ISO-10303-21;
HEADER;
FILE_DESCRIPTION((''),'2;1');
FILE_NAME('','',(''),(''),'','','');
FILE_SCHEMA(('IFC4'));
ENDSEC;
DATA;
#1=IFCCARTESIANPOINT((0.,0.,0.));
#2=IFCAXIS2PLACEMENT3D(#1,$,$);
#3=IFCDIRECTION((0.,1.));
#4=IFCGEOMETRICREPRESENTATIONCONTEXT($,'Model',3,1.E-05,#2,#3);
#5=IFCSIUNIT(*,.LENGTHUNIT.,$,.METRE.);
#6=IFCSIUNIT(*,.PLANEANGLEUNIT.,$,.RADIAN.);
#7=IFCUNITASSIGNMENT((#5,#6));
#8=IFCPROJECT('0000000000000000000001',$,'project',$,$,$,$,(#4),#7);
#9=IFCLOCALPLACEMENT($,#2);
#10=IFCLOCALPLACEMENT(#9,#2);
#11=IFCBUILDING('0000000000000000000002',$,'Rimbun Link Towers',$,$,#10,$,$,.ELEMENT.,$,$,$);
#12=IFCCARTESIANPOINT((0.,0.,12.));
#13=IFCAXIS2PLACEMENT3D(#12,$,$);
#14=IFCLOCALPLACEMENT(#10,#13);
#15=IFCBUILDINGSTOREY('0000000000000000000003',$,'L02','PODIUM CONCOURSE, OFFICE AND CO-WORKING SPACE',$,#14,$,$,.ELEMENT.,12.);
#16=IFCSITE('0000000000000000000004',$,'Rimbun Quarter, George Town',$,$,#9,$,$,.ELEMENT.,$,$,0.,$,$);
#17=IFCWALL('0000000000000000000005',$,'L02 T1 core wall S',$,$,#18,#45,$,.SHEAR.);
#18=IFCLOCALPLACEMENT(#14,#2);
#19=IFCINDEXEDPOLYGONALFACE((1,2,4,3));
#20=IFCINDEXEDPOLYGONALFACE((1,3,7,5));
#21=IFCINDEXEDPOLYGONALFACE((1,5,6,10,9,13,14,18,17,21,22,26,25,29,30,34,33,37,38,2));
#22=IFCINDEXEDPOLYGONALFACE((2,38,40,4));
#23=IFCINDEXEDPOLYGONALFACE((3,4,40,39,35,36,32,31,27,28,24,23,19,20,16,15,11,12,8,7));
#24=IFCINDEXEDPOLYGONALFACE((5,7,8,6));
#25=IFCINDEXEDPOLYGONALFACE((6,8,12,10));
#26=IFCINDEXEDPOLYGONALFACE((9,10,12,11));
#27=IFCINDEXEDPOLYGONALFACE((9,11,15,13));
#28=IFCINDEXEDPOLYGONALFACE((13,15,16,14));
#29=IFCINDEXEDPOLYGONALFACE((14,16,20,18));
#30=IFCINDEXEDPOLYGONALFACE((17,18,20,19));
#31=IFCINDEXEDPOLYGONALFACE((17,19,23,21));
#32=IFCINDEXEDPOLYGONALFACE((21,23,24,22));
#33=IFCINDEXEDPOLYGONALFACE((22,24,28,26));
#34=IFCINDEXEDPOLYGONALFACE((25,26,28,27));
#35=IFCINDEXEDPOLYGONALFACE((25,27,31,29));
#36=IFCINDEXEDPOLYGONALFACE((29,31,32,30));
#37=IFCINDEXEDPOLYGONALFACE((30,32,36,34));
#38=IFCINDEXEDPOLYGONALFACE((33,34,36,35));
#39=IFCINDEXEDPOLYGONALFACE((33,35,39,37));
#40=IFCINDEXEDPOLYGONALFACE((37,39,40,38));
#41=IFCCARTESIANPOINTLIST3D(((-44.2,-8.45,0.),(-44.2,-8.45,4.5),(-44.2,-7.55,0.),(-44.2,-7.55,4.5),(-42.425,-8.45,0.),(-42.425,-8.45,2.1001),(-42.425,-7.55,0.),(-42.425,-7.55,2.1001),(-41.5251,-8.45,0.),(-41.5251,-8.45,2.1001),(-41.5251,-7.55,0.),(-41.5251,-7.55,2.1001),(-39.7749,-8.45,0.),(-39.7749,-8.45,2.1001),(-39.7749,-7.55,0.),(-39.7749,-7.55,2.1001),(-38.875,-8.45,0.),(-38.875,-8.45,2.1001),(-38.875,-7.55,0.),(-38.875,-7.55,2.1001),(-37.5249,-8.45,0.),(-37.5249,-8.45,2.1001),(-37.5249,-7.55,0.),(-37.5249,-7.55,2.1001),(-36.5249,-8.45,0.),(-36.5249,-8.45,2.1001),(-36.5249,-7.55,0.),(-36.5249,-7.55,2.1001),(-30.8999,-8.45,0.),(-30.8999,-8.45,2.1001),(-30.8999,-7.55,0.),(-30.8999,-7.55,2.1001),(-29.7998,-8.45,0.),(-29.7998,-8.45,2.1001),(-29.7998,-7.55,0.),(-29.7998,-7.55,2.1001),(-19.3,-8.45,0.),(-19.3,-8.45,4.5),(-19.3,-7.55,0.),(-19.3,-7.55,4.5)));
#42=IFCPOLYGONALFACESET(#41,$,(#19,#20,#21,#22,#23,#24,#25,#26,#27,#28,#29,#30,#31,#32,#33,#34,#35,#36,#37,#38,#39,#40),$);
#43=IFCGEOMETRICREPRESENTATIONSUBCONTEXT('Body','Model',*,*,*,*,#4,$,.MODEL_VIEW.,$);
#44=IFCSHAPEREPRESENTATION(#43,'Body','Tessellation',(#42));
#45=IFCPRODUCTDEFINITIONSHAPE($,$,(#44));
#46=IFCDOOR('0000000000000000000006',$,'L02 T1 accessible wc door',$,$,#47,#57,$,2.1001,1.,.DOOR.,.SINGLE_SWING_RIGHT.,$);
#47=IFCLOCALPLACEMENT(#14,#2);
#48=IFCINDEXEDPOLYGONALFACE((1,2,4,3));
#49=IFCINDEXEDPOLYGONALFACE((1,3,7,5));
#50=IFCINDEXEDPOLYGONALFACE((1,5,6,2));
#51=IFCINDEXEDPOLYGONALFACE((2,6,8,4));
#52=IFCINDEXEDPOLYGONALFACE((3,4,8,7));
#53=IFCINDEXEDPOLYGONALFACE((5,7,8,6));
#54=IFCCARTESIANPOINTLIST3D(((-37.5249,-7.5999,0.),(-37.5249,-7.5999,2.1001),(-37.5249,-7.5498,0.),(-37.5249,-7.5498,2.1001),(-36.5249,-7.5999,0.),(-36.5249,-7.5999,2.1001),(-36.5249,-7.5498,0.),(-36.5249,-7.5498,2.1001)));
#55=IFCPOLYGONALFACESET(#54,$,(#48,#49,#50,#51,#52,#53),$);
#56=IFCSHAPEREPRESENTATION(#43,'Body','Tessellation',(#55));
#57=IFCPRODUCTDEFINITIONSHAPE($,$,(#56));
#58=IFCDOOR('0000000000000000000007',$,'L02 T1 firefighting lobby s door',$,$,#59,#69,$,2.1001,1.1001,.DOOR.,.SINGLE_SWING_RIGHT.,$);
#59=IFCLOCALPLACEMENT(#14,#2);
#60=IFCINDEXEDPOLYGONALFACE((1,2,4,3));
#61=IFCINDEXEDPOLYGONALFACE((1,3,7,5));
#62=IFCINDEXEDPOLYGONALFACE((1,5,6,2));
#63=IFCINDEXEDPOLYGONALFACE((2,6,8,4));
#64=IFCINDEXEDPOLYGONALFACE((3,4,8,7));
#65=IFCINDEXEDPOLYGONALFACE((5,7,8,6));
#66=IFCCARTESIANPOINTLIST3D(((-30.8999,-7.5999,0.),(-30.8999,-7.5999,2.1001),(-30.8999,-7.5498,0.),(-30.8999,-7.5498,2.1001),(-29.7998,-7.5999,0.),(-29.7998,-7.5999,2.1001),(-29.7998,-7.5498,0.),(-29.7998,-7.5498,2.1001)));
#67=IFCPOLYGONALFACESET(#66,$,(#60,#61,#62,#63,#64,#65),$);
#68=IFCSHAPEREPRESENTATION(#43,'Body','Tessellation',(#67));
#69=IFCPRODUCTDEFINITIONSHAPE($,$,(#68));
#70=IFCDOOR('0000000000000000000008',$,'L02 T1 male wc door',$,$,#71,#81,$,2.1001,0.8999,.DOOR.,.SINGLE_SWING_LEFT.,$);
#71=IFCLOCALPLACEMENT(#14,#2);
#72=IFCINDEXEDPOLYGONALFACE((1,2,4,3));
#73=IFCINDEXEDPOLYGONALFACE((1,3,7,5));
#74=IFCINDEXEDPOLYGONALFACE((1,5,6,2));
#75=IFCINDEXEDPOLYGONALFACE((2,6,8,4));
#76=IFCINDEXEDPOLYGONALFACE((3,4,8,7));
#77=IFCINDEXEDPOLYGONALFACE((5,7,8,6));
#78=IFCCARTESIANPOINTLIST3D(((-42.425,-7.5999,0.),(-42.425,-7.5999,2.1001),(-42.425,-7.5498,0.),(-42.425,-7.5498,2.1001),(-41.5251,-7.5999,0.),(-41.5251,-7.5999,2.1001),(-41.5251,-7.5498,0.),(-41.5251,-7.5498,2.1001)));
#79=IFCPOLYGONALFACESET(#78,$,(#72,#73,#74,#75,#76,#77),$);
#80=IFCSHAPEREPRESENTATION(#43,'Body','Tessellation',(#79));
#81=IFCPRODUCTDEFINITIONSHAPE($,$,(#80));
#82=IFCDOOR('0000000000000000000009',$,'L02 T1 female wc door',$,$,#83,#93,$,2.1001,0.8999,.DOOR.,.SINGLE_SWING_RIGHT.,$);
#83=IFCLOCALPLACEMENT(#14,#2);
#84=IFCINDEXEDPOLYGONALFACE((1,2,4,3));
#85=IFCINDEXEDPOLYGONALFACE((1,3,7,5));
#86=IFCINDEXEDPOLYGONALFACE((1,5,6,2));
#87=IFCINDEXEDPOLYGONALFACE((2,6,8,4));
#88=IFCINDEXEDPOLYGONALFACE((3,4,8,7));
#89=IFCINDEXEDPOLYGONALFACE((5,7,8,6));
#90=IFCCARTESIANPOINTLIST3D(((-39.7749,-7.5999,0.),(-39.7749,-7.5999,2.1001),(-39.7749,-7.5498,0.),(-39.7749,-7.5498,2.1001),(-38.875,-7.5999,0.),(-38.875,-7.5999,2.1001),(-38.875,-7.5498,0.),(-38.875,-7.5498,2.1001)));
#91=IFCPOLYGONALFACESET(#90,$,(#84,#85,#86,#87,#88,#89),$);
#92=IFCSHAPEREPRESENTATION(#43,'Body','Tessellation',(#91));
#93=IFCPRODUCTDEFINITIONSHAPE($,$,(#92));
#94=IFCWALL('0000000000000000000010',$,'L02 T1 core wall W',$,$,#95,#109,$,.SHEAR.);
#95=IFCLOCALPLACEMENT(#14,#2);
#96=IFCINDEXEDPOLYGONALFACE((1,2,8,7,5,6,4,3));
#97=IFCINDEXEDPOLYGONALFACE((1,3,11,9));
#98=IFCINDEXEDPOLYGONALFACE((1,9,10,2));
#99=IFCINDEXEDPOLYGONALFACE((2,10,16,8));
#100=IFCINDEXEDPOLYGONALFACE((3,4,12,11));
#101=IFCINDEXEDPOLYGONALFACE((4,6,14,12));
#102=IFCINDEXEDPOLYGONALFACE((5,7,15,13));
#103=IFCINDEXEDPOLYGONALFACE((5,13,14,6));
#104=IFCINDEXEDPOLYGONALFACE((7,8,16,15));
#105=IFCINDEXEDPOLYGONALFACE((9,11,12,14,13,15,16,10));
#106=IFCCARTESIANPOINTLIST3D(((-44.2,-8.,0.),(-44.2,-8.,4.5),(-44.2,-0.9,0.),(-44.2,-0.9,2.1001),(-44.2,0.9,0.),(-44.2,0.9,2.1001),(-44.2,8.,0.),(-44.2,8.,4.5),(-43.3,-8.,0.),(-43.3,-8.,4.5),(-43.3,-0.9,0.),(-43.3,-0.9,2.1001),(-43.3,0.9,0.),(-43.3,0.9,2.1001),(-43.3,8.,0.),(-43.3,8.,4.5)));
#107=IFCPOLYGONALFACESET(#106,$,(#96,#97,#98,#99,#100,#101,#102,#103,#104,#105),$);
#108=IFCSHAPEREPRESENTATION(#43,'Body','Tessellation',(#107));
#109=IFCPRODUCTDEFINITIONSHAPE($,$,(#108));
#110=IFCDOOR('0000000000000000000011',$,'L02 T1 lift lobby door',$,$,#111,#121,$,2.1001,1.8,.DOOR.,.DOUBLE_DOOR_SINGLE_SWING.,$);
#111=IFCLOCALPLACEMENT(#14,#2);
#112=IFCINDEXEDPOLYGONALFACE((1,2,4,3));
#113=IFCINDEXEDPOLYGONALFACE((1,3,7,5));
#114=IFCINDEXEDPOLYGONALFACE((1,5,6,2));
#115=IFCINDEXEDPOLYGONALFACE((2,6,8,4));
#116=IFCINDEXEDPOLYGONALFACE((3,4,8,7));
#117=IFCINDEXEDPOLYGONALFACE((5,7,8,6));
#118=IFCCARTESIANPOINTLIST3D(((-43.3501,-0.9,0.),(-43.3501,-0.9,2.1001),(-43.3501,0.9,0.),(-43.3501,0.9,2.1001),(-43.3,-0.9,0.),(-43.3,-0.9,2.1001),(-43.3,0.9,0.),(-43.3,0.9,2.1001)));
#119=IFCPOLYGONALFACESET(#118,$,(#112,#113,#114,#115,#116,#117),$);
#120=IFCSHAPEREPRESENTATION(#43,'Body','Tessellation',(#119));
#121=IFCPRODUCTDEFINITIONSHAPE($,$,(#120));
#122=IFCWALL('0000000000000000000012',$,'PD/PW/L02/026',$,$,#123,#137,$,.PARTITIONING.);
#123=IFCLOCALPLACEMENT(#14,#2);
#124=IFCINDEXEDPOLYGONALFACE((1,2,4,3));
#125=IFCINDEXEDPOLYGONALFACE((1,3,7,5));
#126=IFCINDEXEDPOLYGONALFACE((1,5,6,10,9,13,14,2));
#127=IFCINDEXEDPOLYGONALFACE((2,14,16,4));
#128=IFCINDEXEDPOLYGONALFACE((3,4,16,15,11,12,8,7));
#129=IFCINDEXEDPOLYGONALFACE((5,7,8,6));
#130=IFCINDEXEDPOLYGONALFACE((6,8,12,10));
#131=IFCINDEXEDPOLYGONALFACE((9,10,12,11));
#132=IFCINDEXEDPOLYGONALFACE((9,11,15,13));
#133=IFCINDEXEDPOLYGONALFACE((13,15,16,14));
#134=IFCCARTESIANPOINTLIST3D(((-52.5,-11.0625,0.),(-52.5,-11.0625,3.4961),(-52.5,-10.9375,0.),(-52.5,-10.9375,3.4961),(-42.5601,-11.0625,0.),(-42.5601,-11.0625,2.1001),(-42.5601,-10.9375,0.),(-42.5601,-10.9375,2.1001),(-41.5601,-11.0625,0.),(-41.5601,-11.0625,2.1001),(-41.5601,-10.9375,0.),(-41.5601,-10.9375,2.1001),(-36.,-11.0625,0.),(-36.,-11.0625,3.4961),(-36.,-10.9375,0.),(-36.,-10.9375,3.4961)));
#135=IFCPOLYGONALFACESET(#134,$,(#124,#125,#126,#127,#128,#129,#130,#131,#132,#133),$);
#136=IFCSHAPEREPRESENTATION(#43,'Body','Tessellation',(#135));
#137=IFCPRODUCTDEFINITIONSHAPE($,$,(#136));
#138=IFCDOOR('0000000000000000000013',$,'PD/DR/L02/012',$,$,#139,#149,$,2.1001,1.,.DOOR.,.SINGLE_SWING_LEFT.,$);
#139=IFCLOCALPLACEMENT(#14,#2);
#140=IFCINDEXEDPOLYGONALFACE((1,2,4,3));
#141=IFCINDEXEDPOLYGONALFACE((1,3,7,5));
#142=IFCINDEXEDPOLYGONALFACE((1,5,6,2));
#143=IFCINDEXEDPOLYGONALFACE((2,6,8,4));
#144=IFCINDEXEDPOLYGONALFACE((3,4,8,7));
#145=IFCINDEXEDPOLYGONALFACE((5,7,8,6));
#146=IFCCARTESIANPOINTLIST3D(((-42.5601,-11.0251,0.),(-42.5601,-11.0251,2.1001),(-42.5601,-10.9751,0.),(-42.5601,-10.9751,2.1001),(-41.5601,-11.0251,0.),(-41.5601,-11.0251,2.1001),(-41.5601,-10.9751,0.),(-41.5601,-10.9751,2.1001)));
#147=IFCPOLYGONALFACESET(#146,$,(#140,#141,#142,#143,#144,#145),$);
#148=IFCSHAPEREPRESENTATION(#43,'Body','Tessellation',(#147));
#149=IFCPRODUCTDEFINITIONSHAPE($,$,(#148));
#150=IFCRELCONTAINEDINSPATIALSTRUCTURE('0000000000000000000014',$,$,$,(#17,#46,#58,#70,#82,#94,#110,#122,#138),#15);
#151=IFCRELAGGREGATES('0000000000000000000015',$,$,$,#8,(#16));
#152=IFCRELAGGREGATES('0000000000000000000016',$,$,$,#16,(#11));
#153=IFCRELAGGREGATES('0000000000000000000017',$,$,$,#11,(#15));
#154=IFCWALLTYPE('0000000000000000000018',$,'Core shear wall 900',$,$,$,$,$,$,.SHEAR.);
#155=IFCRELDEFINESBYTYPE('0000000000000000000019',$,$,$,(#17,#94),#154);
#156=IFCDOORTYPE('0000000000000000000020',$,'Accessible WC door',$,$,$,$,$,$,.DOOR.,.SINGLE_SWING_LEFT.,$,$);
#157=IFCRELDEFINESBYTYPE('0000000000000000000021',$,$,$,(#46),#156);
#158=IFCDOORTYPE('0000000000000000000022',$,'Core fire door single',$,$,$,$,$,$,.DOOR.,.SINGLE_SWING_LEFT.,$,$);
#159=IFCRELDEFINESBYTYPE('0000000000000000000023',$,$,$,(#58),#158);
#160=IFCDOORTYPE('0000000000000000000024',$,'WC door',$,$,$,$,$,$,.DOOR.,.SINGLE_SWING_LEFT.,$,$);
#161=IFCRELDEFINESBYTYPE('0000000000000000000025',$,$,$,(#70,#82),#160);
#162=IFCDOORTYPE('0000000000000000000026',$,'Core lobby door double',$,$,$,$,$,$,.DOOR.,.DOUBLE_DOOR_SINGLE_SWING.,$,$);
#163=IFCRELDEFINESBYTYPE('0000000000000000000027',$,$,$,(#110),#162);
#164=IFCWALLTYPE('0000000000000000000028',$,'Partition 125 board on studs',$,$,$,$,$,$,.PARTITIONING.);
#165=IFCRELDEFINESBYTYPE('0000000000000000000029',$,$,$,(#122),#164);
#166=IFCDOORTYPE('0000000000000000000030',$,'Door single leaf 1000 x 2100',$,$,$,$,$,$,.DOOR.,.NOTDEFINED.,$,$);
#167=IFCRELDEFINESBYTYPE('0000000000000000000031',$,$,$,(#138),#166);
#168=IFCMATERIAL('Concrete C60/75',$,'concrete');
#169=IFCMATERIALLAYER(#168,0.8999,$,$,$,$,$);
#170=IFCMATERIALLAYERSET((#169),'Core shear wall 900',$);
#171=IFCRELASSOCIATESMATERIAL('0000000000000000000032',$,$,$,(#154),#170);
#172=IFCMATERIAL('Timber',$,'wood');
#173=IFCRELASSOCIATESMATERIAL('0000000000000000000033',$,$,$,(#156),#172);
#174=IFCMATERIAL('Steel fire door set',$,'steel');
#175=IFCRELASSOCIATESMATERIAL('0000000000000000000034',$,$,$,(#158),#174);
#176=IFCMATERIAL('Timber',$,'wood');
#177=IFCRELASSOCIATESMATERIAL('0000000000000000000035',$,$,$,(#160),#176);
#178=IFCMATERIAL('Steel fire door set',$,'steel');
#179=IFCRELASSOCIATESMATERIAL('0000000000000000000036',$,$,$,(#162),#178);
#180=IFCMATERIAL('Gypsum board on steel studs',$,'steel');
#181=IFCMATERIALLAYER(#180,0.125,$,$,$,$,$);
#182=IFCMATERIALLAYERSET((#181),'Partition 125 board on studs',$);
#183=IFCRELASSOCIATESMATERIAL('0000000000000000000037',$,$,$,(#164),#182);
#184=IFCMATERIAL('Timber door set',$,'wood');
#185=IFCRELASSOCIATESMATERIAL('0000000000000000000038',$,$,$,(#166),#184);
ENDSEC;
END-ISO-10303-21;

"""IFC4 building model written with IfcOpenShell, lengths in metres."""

from ifc_helpers import new_model, si_unit, direction, frame, frame_2d, origin, place, context, subcontext, project, spatial, rectangle, extrude, material, layer, layer_set, type_object, element, fill, save


model = new_model("IFC4")

# Units and contexts
model_context = context("Model", 3, precision=1e-05, world=origin(), true_north=direction((0.0, 1.0)))
body_context = subcontext(model_context, "Body", "Model", "MODEL_VIEW")
ifc_project = project(units=[si_unit("LENGTHUNIT", "METRE"), si_unit("PLANEANGLEUNIT", "RADIAN")], contexts=[model_context])

# Site, building, storey
site_placement = place(None, origin())
site = spatial("IfcSite", under=ifc_project, at=site_placement, Name="Rimbun Quarter, George Town", CompositionType="ELEMENT", RefElevation=0.0)
building_placement = place(site_placement, origin())
building = spatial("IfcBuilding", under=site, at=building_placement, Name="Rimbun Link Towers", CompositionType="ELEMENT")
storey_placement = place(building_placement, frame((0.0, 0.0, 12.0)))
storey = spatial("IfcBuildingStorey", under=building, at=storey_placement, Name="L02", Description="PODIUM CONCOURSE, OFFICE AND CO-WORKING SPACE", CompositionType="ELEMENT", Elevation=12.0)

# Wall, openings, doors
ifc_material_1 = material(Name="Concrete C60/75", Category="concrete")
ifc_layer_1 = layer(ifc_material_1, 0.8999)
ifc_layer_set_1 = layer_set([ifc_layer_1], Name="Core shear wall 900")
wall_type_1 = type_object("IfcWallType", Name="Core shear wall 900", PredefinedType="SHEAR", material=ifc_layer_set_1)
wall_1_placement = place(storey_placement, frame((-44.2, -8.0, 0.0), z_axis=(0.0, 0.0, 1.0), x_axis=(1.0, 0.0, 0.0)))
wall_1 = element("IfcWall", 1, at=wall_1_placement, inside=storey, type_object=wall_type_1, Name="L02 T1 core wall S", PredefinedType="SHEAR", context=body_context, shape_type="SweptSolid", body=[
    extrude(rectangle(XDim=24.8999, YDim=0.8999, at=frame_2d((12.45, 0.0))), origin(), (0.0, 0.0, 1.0), 4.5),
])
opening_1_placement = place(wall_1_placement, frame((13.3, 0.0, 0.0)))
opening_1 = element("IfcOpeningElement", 2, at=opening_1_placement, cuts=wall_1, PredefinedType="OPENING", context=body_context, shape_type="SweptSolid", body=[
    extrude(rectangle(XDim=1.1001, YDim=2.1001, at=frame_2d((0.55, 1.05))), frame((0.0, 0.46, 0.0), z_axis=(0.0, -1.0, 0.0), x_axis=(1.0, 0.0, 0.0)), (0.0, 0.0, 1.0), 0.9199),
])
opening_2_placement = place(wall_1_placement, frame((1.7749, 0.0, 0.0)))
opening_2 = element("IfcOpeningElement", 3, at=opening_2_placement, cuts=wall_1, PredefinedType="OPENING", context=body_context, shape_type="SweptSolid", body=[
    extrude(rectangle(XDim=0.8999, YDim=2.1001, at=frame_2d((0.45, 1.05))), frame((0.0, 0.46, 0.0), z_axis=(0.0, -1.0, 0.0), x_axis=(1.0, 0.0, 0.0)), (0.0, 0.0, 1.0), 0.9199),
])
opening_3_placement = place(wall_1_placement, frame((4.425, 0.0, 0.0)))
opening_3 = element("IfcOpeningElement", 4, at=opening_3_placement, cuts=wall_1, PredefinedType="OPENING", context=body_context, shape_type="SweptSolid", body=[
    extrude(rectangle(XDim=0.8999, YDim=2.1001, at=frame_2d((0.45, 1.05))), frame((0.0, 0.46, 0.0), z_axis=(0.0, -1.0, 0.0), x_axis=(1.0, 0.0, 0.0)), (0.0, 0.0, 1.0), 0.9199),
])
opening_4_placement = place(wall_1_placement, frame((6.675, 0.0, 0.0)))
opening_4 = element("IfcOpeningElement", 5, at=opening_4_placement, cuts=wall_1, PredefinedType="OPENING", context=body_context, shape_type="SweptSolid", body=[
    extrude(rectangle(XDim=1.0, YDim=2.1001, at=frame_2d((0.5, 1.05))), frame((0.0, 0.46, 0.0), z_axis=(0.0, -1.0, 0.0), x_axis=(1.0, 0.0, 0.0)), (0.0, 0.0, 1.0), 0.9199),
])
ifc_material_2 = material(Name="Timber", Category="wood")
door_type_1 = type_object("IfcDoorType", Name="Accessible WC door", OperationType="SINGLE_SWING_LEFT", PredefinedType="DOOR", material=ifc_material_2)
door_1_placement = place(opening_4_placement, origin())
door_1 = element("IfcDoor", 6, at=door_1_placement, inside=storey, type_object=door_type_1, Name="L02 T1 accessible wc door", OperationType="SINGLE_SWING_RIGHT", OverallHeight=2.1001, OverallWidth=1.0, PredefinedType="DOOR", context=body_context, shape_type="SweptSolid", body=[
    extrude(rectangle(XDim=1.0, YDim=2.1001, at=frame_2d((0.5, 1.05))), frame((0.0, 0.4502, 0.0), z_axis=(0.0, -1.0, 0.0), x_axis=(1.0, 0.0, 0.0)), (0.0, 0.0, 1.0), 0.05),
])
fill(opening_4, door_1)
ifc_material_3 = material(Name="Steel fire door set", Category="steel")
door_type_2 = type_object("IfcDoorType", Name="Core fire door single", OperationType="SINGLE_SWING_LEFT", PredefinedType="DOOR", material=ifc_material_3)
door_2_placement = place(opening_1_placement, origin())
door_2 = element("IfcDoor", 7, at=door_2_placement, inside=storey, type_object=door_type_2, Name="L02 T1 firefighting lobby s door", OperationType="SINGLE_SWING_RIGHT", OverallHeight=2.1001, OverallWidth=1.1001, PredefinedType="DOOR", context=body_context, shape_type="SweptSolid", body=[
    extrude(rectangle(XDim=1.1001, YDim=2.1001, at=frame_2d((0.55, 1.05))), frame((0.0, 0.4502, 0.0), z_axis=(0.0, -1.0, 0.0), x_axis=(1.0, 0.0, 0.0)), (0.0, 0.0, 1.0), 0.05),
])
fill(opening_1, door_2)
ifc_material_4 = material(Name="Timber", Category="wood")
door_type_3 = type_object("IfcDoorType", Name="WC door", OperationType="SINGLE_SWING_LEFT", PredefinedType="DOOR", material=ifc_material_4)
door_3_placement = place(opening_2_placement, origin())
door_3 = element("IfcDoor", 8, at=door_3_placement, inside=storey, type_object=door_type_3, Name="L02 T1 male wc door", OperationType="SINGLE_SWING_LEFT", OverallHeight=2.1001, OverallWidth=0.8999, PredefinedType="DOOR", context=body_context, shape_type="SweptSolid", body=[
    extrude(rectangle(XDim=0.8999, YDim=2.1001, at=frame_2d((0.45, 1.05))), frame((0.0, 0.4502, 0.0), z_axis=(0.0, -1.0, 0.0), x_axis=(1.0, 0.0, 0.0)), (0.0, 0.0, 1.0), 0.05),
])
fill(opening_2, door_3)
door_4_placement = place(opening_3_placement, origin())
door_4 = element("IfcDoor", 9, at=door_4_placement, inside=storey, type_object=door_type_3, Name="L02 T1 female wc door", OperationType="SINGLE_SWING_RIGHT", OverallHeight=2.1001, OverallWidth=0.8999, PredefinedType="DOOR", context=body_context, shape_type="SweptSolid", body=[
    extrude(rectangle(XDim=0.8999, YDim=2.1001, at=frame_2d((0.45, 1.05))), frame((0.0, 0.4502, 0.0), z_axis=(0.0, -1.0, 0.0), x_axis=(1.0, 0.0, 0.0)), (0.0, 0.0, 1.0), 0.05),
])
fill(opening_3, door_4)

# Walls, openings, doors
wall_2_placement = place(storey_placement, frame((-43.75, -8.0, 0.0), z_axis=(0.0, 0.0, 1.0), x_axis=(0.0, 1.0, 0.0)))
wall_2 = element("IfcWall", 10, at=wall_2_placement, inside=storey, type_object=wall_type_1, Name="L02 T1 core wall W", PredefinedType="SHEAR", context=body_context, shape_type="SweptSolid", body=[
    extrude(rectangle(XDim=16.0, YDim=0.8999, at=frame_2d((8.0, 0.0))), origin(), (0.0, 0.0, 1.0), 4.5),
])
opening_5_placement = place(wall_2_placement, frame((7.1001, 0.0, 0.0)))
opening_5 = element("IfcOpeningElement", 11, at=opening_5_placement, cuts=wall_2, PredefinedType="OPENING", context=body_context, shape_type="SweptSolid", body=[
    extrude(rectangle(XDim=1.8, YDim=2.1001, at=frame_2d((0.8999, 1.05))), frame((0.0, 0.46, 0.0), z_axis=(0.0, -1.0, 0.0), x_axis=(1.0, 0.0, 0.0)), (0.0, 0.0, 1.0), 0.9199),
])
ifc_material_5 = material(Name="Steel fire door set", Category="steel")
door_type_4 = type_object("IfcDoorType", Name="Core lobby door double", OperationType="DOUBLE_DOOR_SINGLE_SWING", PredefinedType="DOOR", material=ifc_material_5)
door_5_placement = place(opening_5_placement, origin())
door_5 = element("IfcDoor", 12, at=door_5_placement, inside=storey, type_object=door_type_4, Name="L02 T1 lift lobby door", OperationType="DOUBLE_DOOR_SINGLE_SWING", OverallHeight=2.1001, OverallWidth=1.8, PredefinedType="DOOR", context=body_context, shape_type="SweptSolid", body=[
    extrude(rectangle(XDim=1.8, YDim=2.1001, at=frame_2d((0.8999, 1.05))), frame((0.0, -0.3999, 0.0), z_axis=(0.0, -1.0, 0.0), x_axis=(1.0, 0.0, 0.0)), (0.0, 0.0, 1.0), 0.05),
])
fill(opening_5, door_5)
ifc_material_6 = material(Name="Gypsum board on steel studs", Category="steel")
ifc_layer_2 = layer(ifc_material_6, 0.125)
ifc_layer_set_2 = layer_set([ifc_layer_2], Name="Partition 125 board on studs")
wall_type_2 = type_object("IfcWallType", Name="Partition 125 board on studs", PredefinedType="PARTITIONING", material=ifc_layer_set_2)
wall_3_placement = place(storey_placement, frame((-52.5, -11.0, 0.0), z_axis=(0.0, 0.0, 1.0), x_axis=(1.0, 0.0, 0.0)))
wall_3 = element("IfcWall", 13, at=wall_3_placement, inside=storey, type_object=wall_type_2, Name="PD/PW/L02/026", PredefinedType="PARTITIONING", context=body_context, shape_type="SweptSolid", body=[
    extrude(rectangle(XDim=16.5, YDim=0.125, at=frame_2d((8.25, 0.0))), origin(), (0.0, 0.0, 1.0), 3.4961),
])
opening_6_placement = place(wall_3_placement, frame((9.9399, 0.0, 0.0)))
opening_6 = element("IfcOpeningElement", 14, at=opening_6_placement, cuts=wall_3, PredefinedType="OPENING", context=body_context, shape_type="SweptSolid", body=[
    extrude(rectangle(XDim=1.0, YDim=2.1001, at=frame_2d((0.5, 1.05))), frame((0.0, 0.0725, 0.0), z_axis=(0.0, -1.0, 0.0), x_axis=(1.0, 0.0, 0.0)), (0.0, 0.0, 1.0), 0.145),
])
ifc_material_7 = material(Name="Timber door set", Category="wood")
door_type_5 = type_object("IfcDoorType", Name="Door single leaf 1000 x 2100", OperationType="NOTDEFINED", PredefinedType="DOOR", material=ifc_material_7)
door_6_placement = place(opening_6_placement, origin())
door_6 = element("IfcDoor", 15, at=door_6_placement, inside=storey, type_object=door_type_5, Name="PD/DR/L02/012", OperationType="SINGLE_SWING_LEFT", OverallHeight=2.1001, OverallWidth=1.0, PredefinedType="DOOR", context=body_context, shape_type="SweptSolid", body=[
    extrude(rectangle(XDim=1.0, YDim=2.1001, at=frame_2d((0.5, 1.05))), frame((0.0, 0.0249, 0.0), z_axis=(0.0, -1.0, 0.0), x_axis=(1.0, 0.0, 0.0)), (0.0, 0.0, 1.0), 0.05),
])
fill(opening_6, door_6)

save(model, "model.ifc")
